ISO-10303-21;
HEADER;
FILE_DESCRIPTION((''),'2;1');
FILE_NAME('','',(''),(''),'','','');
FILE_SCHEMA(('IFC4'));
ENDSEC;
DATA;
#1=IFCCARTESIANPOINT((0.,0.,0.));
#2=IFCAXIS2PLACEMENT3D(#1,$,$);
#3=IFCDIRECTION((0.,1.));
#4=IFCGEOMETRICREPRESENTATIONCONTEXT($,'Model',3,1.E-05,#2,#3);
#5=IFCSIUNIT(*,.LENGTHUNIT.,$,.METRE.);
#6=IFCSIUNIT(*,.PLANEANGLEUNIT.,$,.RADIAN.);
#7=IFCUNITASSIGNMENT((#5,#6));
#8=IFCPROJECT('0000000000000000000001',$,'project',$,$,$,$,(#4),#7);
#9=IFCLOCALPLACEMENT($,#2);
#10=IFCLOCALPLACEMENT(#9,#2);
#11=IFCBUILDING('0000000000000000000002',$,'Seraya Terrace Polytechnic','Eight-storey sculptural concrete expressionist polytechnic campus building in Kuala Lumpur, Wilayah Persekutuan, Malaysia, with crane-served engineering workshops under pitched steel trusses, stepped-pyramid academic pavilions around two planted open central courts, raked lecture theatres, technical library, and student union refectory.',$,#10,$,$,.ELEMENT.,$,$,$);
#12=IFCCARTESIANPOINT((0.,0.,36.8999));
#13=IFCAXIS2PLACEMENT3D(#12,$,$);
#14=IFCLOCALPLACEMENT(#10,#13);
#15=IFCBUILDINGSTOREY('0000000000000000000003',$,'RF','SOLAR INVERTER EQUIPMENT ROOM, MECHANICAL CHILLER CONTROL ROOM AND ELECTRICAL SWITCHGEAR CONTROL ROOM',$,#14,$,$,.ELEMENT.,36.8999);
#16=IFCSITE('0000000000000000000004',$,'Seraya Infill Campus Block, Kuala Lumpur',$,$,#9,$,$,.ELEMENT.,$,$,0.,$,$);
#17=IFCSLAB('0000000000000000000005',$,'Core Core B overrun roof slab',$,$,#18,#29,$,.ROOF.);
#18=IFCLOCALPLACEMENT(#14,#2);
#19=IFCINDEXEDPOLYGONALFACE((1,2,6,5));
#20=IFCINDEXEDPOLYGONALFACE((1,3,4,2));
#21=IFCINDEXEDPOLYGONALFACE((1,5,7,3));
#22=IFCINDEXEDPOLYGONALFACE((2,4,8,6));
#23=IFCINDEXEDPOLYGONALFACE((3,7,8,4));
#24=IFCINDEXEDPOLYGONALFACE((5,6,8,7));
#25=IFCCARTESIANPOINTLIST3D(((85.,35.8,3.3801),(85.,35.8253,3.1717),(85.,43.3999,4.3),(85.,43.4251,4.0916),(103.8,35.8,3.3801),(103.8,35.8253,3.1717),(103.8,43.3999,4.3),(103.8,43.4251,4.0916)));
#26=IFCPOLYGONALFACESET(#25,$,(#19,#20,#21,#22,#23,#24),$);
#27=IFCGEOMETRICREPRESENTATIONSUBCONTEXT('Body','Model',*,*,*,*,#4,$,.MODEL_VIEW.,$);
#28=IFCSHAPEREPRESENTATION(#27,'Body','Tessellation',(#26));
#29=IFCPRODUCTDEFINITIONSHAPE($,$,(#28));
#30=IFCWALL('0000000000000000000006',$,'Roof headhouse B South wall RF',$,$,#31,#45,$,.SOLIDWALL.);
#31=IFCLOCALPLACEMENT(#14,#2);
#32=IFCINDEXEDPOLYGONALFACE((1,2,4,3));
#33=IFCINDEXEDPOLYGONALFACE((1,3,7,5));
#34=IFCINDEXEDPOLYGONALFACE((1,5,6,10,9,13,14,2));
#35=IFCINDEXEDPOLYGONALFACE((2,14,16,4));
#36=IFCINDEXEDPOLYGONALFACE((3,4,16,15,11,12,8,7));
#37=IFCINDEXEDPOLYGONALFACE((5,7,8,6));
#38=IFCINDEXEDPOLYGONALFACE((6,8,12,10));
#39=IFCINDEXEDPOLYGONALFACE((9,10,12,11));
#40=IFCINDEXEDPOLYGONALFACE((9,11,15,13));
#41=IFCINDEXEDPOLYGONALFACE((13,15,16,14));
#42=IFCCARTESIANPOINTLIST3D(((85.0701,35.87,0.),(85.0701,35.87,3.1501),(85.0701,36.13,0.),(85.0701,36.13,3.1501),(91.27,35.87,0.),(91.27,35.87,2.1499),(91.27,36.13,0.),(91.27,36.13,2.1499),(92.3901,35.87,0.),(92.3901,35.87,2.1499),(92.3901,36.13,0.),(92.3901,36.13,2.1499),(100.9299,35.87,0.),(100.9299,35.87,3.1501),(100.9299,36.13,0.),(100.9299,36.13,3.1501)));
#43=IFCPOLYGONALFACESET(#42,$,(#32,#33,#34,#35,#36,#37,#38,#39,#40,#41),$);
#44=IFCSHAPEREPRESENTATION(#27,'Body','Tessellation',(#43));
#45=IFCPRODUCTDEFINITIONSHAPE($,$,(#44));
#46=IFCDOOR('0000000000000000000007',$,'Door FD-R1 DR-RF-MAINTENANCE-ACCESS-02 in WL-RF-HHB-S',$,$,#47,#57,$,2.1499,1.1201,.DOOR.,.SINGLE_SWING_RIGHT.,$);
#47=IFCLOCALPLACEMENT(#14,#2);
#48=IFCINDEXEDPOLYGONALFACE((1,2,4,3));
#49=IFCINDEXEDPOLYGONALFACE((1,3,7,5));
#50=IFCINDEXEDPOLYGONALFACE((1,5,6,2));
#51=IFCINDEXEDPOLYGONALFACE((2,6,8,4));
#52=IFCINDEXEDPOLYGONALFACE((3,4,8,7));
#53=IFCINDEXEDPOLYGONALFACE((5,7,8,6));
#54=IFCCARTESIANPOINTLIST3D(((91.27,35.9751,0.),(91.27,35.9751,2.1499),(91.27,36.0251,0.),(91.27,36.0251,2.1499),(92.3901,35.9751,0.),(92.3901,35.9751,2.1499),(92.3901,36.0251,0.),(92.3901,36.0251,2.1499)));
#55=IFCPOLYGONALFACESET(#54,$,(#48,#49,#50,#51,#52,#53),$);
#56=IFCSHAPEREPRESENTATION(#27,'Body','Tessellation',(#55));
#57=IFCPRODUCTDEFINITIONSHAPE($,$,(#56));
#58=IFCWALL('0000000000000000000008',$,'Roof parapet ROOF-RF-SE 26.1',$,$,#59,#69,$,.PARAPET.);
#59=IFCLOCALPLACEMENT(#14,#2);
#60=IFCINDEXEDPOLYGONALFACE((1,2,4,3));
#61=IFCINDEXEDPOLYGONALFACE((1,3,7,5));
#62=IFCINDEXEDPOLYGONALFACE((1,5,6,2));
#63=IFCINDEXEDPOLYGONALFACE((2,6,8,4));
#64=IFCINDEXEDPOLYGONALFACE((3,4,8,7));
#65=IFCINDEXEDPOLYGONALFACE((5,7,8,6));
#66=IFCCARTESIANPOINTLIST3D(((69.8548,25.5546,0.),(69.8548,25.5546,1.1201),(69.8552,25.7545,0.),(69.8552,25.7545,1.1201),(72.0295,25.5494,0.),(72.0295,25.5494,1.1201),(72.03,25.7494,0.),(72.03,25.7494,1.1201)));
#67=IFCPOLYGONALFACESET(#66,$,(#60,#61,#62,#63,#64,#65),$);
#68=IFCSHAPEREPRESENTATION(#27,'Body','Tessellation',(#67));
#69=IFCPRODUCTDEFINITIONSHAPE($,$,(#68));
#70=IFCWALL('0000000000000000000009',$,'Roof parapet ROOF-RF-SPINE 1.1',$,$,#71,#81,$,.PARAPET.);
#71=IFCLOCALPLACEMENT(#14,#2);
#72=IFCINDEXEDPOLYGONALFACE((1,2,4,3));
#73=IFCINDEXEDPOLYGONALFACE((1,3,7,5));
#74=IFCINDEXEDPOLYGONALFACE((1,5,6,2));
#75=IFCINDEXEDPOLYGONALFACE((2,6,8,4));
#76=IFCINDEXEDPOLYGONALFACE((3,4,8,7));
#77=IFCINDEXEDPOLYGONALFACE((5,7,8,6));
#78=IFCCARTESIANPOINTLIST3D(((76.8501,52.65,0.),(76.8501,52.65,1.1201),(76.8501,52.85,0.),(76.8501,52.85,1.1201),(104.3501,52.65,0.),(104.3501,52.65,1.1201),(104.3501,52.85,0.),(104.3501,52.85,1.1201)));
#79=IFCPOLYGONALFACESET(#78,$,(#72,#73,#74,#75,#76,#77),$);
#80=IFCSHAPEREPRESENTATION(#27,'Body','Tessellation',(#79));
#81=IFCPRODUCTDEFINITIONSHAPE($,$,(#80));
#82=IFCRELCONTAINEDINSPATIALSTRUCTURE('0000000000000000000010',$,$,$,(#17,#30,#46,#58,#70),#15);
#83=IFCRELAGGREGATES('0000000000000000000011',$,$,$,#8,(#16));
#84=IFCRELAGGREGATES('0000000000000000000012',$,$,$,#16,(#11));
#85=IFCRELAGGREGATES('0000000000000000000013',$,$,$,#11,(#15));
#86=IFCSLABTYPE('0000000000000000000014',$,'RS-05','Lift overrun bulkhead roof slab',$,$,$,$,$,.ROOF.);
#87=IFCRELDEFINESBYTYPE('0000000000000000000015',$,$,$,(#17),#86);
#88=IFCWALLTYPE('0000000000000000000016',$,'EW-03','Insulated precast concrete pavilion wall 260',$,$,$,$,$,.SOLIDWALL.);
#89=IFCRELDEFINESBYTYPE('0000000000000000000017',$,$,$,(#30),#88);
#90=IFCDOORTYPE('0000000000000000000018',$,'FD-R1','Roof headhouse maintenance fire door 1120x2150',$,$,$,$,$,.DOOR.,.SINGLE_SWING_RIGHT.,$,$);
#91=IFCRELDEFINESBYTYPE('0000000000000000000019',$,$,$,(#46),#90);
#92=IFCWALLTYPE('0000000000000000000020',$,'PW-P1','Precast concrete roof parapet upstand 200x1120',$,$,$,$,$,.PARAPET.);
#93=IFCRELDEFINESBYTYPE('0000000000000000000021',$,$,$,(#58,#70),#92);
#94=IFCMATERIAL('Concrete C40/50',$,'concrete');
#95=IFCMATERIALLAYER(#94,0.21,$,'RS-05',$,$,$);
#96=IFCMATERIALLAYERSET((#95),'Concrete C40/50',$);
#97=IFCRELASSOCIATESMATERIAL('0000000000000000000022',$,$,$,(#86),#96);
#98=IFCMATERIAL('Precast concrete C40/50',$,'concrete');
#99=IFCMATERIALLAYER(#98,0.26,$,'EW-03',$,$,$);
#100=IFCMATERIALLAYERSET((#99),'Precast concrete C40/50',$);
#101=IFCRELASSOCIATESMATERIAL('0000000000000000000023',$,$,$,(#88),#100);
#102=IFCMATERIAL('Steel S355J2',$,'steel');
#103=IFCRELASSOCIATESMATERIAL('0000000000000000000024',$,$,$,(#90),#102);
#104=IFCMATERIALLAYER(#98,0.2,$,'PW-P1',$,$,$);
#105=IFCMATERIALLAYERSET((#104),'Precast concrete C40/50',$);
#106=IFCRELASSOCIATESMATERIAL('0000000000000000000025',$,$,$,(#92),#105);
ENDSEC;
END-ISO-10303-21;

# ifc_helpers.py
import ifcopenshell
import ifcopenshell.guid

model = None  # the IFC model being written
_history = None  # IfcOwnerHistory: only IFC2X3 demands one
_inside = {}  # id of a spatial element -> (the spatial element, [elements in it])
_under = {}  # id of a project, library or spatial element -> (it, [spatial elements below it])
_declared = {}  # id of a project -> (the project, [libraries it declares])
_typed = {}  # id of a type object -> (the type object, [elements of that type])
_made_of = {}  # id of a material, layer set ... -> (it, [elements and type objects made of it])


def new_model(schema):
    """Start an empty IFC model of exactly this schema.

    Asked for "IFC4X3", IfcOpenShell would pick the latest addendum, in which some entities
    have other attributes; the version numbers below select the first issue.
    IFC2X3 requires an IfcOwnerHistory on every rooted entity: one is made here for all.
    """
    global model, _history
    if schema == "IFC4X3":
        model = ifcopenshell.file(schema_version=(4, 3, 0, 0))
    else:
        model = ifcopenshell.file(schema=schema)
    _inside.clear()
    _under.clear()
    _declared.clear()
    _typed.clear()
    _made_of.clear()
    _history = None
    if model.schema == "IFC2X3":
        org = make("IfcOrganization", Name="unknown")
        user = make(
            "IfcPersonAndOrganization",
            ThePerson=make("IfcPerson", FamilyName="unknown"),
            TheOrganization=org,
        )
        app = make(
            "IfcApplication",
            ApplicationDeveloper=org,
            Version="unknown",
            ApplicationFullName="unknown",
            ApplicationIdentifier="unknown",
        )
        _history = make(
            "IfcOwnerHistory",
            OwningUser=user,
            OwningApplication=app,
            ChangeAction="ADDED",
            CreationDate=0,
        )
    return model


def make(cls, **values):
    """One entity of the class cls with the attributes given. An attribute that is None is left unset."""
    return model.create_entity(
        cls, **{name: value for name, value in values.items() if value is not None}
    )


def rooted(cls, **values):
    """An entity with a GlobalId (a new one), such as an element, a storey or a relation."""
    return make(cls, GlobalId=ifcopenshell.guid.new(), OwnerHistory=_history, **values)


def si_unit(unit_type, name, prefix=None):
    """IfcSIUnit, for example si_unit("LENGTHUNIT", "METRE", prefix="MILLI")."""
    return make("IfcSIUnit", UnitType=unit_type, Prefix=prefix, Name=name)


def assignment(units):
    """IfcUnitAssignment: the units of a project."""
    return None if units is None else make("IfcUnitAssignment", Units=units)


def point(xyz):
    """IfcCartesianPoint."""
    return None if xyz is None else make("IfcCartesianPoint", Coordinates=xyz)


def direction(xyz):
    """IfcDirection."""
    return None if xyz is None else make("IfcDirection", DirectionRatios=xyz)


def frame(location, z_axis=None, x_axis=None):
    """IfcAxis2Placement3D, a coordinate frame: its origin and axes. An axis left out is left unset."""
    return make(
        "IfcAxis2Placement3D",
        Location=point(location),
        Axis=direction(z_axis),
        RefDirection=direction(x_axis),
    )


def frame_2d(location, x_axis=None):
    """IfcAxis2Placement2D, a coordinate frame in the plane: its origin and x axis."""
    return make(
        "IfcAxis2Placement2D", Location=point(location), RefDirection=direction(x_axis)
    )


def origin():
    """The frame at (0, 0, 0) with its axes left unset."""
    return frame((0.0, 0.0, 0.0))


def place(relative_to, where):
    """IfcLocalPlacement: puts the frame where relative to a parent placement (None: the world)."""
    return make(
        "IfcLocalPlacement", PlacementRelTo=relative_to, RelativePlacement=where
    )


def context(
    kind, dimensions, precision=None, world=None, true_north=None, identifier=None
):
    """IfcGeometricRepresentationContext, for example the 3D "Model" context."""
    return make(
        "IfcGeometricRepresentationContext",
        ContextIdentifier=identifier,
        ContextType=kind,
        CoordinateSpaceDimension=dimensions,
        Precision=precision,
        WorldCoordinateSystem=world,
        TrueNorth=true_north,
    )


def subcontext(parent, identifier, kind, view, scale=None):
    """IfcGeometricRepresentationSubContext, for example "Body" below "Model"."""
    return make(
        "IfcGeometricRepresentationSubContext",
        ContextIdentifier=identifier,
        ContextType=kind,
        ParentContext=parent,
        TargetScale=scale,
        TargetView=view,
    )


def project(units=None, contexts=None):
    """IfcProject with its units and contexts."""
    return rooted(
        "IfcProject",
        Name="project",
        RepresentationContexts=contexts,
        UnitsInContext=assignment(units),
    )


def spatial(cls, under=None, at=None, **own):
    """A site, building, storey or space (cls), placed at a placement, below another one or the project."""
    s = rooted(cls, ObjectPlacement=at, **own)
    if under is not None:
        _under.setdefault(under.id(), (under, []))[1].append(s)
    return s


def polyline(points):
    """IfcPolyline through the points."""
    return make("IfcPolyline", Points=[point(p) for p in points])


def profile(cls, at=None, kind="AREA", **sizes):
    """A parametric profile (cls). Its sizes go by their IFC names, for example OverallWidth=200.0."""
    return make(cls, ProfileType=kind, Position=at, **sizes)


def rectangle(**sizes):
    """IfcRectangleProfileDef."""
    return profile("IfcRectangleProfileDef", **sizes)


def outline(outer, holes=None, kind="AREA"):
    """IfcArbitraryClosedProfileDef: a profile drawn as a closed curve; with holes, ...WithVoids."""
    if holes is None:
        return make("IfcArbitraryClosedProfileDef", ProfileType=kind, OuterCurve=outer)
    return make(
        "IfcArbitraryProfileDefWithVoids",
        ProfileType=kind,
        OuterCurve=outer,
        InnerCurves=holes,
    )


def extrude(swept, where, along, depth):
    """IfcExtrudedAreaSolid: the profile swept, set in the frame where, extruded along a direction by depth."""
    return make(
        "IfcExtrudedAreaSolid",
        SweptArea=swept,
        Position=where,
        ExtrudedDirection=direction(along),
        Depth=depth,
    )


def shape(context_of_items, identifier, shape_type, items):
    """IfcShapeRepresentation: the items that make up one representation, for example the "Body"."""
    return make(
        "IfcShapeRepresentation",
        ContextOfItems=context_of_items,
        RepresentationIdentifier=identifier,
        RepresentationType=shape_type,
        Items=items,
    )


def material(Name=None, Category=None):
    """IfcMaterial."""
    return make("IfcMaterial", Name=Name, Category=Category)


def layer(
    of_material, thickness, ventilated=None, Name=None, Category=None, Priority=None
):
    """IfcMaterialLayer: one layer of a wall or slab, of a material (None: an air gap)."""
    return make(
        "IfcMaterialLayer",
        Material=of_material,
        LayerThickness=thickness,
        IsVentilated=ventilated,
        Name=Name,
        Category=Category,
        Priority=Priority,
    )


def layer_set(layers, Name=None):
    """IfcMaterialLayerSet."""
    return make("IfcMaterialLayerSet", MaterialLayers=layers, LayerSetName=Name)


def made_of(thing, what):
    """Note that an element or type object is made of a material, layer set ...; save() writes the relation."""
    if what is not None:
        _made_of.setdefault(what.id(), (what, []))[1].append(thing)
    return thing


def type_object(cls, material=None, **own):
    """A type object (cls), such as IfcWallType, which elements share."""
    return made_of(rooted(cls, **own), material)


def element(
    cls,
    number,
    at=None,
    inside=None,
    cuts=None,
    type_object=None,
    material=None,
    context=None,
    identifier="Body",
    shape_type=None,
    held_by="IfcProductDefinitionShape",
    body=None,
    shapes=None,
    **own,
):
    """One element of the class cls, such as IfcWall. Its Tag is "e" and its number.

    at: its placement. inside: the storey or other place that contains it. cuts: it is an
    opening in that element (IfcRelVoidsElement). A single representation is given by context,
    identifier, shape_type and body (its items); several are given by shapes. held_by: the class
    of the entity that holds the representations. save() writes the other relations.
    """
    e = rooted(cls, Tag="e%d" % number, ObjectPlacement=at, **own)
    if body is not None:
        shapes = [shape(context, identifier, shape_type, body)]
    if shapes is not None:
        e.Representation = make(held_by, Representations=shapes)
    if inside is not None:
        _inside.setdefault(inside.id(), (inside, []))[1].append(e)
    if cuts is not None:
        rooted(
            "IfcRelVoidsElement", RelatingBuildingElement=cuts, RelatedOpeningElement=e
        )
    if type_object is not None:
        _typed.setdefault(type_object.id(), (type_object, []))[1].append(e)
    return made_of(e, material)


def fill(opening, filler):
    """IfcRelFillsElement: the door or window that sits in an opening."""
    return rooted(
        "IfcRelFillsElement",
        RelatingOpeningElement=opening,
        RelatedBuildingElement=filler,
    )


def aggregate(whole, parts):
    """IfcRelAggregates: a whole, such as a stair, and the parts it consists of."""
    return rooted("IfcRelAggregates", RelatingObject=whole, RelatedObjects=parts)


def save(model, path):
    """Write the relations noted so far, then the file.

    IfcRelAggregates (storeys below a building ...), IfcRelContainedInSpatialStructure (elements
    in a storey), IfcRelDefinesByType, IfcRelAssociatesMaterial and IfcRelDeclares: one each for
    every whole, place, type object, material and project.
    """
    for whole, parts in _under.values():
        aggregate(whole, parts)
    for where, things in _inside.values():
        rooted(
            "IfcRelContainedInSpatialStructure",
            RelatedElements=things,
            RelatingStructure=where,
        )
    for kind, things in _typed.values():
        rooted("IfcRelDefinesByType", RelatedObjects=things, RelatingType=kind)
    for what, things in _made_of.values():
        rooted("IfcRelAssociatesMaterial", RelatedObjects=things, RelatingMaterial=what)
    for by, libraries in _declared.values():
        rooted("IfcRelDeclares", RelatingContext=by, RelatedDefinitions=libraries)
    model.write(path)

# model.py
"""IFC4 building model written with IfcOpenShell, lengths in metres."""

from ifc_helpers import new_model, si_unit, direction, frame, frame_2d, origin, place, context, subcontext, project, spatial, polyline, rectangle, outline, extrude, material, layer, layer_set, type_object, element, fill, save


model = new_model("IFC4")

# Units and contexts
model_context = context("Model", 3, precision=1e-05, world=origin(), true_north=direction((0.0, 1.0)))
body_context = subcontext(model_context, "Body", "Model", "MODEL_VIEW")
ifc_project = project(units=[si_unit("LENGTHUNIT", "METRE"), si_unit("PLANEANGLEUNIT", "RADIAN")], contexts=[model_context])

# Site, building, storey
site_placement = place(None, origin())
site = spatial("IfcSite", under=ifc_project, at=site_placement, Name="Seraya Infill Campus Block, Kuala Lumpur", CompositionType="ELEMENT", RefElevation=0.0)
building_placement = place(site_placement, origin())
building = spatial("IfcBuilding", under=site, at=building_placement, Name="Seraya Terrace Polytechnic", Description="Eight-storey sculptural concrete expressionist polytechnic campus building in Kuala Lumpur, Wilayah Persekutuan, Malaysia, with crane-served engineering workshops under pitched steel trusses, stepped-pyramid academic pavilions around two planted open central courts, raked lecture theatres, technical library, and student union refectory.", CompositionType="ELEMENT")
storey_placement = place(building_placement, frame((0.0, 0.0, 36.8999)))
storey = spatial("IfcBuildingStorey", under=building, at=storey_placement, Name="RF", Description="SOLAR INVERTER EQUIPMENT ROOM, MECHANICAL CHILLER CONTROL ROOM AND ELECTRICAL SWITCHGEAR CONTROL ROOM", CompositionType="ELEMENT", Elevation=36.8999)

# Shared definitions
ifc_material_1 = material(Name="Concrete C40/50", Category="concrete")

# Slab
ifc_layer_1 = layer(ifc_material_1, 0.21, Name="RS-05")
ifc_layer_set_1 = layer_set([ifc_layer_1], Name="Concrete C40/50")
slab_type = type_object("IfcSlabType", Name="RS-05", Description="Lift overrun bulkhead roof slab", PredefinedType="ROOF", material=ifc_layer_set_1)
slab_placement = place(storey_placement, frame((85.0, 35.8, 3.3801), z_axis=(0.0, -0.120168, 0.992754), x_axis=(1.0, 0.0, 0.0)))
element("IfcSlab", 1, at=slab_placement, inside=storey, type_object=slab_type, Name="Core Core B overrun roof slab", PredefinedType="ROOF", context=body_context, shape_type="SweptSolid", body=[
    extrude(outline(polyline([(0.0, 0.0), (18.8, 0.0), (18.8, 7.6553), (0.0, 7.6553), (0.0, 0.0)])), origin(), (0.0, 0.0, -1.0), 0.21),
])

# Wall, opening, door
ifc_material_2 = material(Name="Precast concrete C40/50", Category="concrete")
ifc_layer_2 = layer(ifc_material_2, 0.26, Name="EW-03")
ifc_layer_set_2 = layer_set([ifc_layer_2], Name="Precast concrete C40/50")
wall_type_1 = type_object("IfcWallType", Name="EW-03", Description="Insulated precast concrete pavilion wall 260", PredefinedType="SOLIDWALL", material=ifc_layer_set_2)
wall_1_placement = place(storey_placement, frame((85.0701, 36.0, 0.0), z_axis=(0.0, 0.0, 1.0), x_axis=(1.0, 0.0, 0.0)))
wall_1 = element("IfcWall", 2, at=wall_1_placement, inside=storey, type_object=wall_type_1, Name="Roof headhouse B South wall RF", PredefinedType="SOLIDWALL", context=body_context, shape_type="SweptSolid", body=[
    extrude(rectangle(XDim=15.8599, YDim=0.26, at=frame_2d((7.9299, 0.0))), origin(), (0.0, 0.0, 1.0), 3.1501),
])
opening_placement = place(wall_1_placement, frame((6.2, 0.0, 0.0)))
opening = element("IfcOpeningElement", 3, at=opening_placement, cuts=wall_1, PredefinedType="OPENING", context=body_context, shape_type="SweptSolid", body=[
    extrude(rectangle(XDim=1.1201, YDim=2.1499, at=frame_2d((0.5601, 1.075))), frame((0.0, 0.1421, 0.0), z_axis=(0.0, -1.0, 0.0), x_axis=(1.0, 0.0, 0.0)), (0.0, 0.0, 1.0), 0.2839),
])
ifc_material_3 = material(Name="Steel S355J2", Category="steel")
door_type = type_object("IfcDoorType", Name="FD-R1", Description="Roof headhouse maintenance fire door 1120x2150", OperationType="SINGLE_SWING_RIGHT", PredefinedType="DOOR", material=ifc_material_3)
door_placement = place(opening_placement, frame((1.1201, 0.0, 0.0), z_axis=(0.0, 0.0, 1.0), x_axis=(-1.0, 0.0, 0.0)))
door = element("IfcDoor", 4, at=door_placement, inside=storey, type_object=door_type, Name="Door FD-R1 DR-RF-MAINTENANCE-ACCESS-02 in WL-RF-HHB-S", OperationType="SINGLE_SWING_RIGHT", OverallHeight=2.1499, OverallWidth=1.1201, PredefinedType="DOOR", context=body_context, shape_type="SweptSolid", body=[
    extrude(rectangle(XDim=1.1201, YDim=2.1499, at=frame_2d((0.5601, 1.075))), frame((0.0, 0.0249, 0.0), z_axis=(0.0, -1.0, 0.0), x_axis=(1.0, 0.0, 0.0)), (0.0, 0.0, 1.0), 0.05),
])
fill(opening, door)

# Walls
ifc_layer_3 = layer(ifc_material_2, 0.2, Name="PW-P1")
ifc_layer_set_3 = layer_set([ifc_layer_3], Name="Precast concrete C40/50")
wall_type_2 = type_object("IfcWallType", Name="PW-P1", Description="Precast concrete roof parapet upstand 200x1120", PredefinedType="PARAPET", material=ifc_layer_set_3)
wall_2_placement = place(storey_placement, frame((72.0298, 25.6494, 0.0), z_axis=(0.0, 0.0, 1.0), x_axis=(-0.999997, 0.002357, 0.0)))
element("IfcWall", 5, at=wall_2_placement, inside=storey, type_object=wall_type_2, Name="Roof parapet ROOF-RF-SE 26.1", PredefinedType="PARAPET", context=body_context, shape_type="SweptSolid", body=[
    extrude(rectangle(XDim=2.1748, YDim=0.2, at=frame_2d((1.0874, 0.0))), origin(), (0.0, 0.0, 1.0), 1.1201),
])
wall_3_placement = place(storey_placement, frame((76.8501, 52.75, 0.0), z_axis=(0.0, 0.0, 1.0), x_axis=(1.0, 0.0, 0.0)))
element("IfcWall", 6, at=wall_3_placement, inside=storey, type_object=wall_type_2, Name="Roof parapet ROOF-RF-SPINE 1.1", PredefinedType="PARAPET", context=body_context, shape_type="SweptSolid", body=[
    extrude(rectangle(XDim=27.5, YDim=0.2, at=frame_2d((13.75, 0.0))), origin(), (0.0, 0.0, 1.0), 1.1201),
])

save(model, "model.ifc")
